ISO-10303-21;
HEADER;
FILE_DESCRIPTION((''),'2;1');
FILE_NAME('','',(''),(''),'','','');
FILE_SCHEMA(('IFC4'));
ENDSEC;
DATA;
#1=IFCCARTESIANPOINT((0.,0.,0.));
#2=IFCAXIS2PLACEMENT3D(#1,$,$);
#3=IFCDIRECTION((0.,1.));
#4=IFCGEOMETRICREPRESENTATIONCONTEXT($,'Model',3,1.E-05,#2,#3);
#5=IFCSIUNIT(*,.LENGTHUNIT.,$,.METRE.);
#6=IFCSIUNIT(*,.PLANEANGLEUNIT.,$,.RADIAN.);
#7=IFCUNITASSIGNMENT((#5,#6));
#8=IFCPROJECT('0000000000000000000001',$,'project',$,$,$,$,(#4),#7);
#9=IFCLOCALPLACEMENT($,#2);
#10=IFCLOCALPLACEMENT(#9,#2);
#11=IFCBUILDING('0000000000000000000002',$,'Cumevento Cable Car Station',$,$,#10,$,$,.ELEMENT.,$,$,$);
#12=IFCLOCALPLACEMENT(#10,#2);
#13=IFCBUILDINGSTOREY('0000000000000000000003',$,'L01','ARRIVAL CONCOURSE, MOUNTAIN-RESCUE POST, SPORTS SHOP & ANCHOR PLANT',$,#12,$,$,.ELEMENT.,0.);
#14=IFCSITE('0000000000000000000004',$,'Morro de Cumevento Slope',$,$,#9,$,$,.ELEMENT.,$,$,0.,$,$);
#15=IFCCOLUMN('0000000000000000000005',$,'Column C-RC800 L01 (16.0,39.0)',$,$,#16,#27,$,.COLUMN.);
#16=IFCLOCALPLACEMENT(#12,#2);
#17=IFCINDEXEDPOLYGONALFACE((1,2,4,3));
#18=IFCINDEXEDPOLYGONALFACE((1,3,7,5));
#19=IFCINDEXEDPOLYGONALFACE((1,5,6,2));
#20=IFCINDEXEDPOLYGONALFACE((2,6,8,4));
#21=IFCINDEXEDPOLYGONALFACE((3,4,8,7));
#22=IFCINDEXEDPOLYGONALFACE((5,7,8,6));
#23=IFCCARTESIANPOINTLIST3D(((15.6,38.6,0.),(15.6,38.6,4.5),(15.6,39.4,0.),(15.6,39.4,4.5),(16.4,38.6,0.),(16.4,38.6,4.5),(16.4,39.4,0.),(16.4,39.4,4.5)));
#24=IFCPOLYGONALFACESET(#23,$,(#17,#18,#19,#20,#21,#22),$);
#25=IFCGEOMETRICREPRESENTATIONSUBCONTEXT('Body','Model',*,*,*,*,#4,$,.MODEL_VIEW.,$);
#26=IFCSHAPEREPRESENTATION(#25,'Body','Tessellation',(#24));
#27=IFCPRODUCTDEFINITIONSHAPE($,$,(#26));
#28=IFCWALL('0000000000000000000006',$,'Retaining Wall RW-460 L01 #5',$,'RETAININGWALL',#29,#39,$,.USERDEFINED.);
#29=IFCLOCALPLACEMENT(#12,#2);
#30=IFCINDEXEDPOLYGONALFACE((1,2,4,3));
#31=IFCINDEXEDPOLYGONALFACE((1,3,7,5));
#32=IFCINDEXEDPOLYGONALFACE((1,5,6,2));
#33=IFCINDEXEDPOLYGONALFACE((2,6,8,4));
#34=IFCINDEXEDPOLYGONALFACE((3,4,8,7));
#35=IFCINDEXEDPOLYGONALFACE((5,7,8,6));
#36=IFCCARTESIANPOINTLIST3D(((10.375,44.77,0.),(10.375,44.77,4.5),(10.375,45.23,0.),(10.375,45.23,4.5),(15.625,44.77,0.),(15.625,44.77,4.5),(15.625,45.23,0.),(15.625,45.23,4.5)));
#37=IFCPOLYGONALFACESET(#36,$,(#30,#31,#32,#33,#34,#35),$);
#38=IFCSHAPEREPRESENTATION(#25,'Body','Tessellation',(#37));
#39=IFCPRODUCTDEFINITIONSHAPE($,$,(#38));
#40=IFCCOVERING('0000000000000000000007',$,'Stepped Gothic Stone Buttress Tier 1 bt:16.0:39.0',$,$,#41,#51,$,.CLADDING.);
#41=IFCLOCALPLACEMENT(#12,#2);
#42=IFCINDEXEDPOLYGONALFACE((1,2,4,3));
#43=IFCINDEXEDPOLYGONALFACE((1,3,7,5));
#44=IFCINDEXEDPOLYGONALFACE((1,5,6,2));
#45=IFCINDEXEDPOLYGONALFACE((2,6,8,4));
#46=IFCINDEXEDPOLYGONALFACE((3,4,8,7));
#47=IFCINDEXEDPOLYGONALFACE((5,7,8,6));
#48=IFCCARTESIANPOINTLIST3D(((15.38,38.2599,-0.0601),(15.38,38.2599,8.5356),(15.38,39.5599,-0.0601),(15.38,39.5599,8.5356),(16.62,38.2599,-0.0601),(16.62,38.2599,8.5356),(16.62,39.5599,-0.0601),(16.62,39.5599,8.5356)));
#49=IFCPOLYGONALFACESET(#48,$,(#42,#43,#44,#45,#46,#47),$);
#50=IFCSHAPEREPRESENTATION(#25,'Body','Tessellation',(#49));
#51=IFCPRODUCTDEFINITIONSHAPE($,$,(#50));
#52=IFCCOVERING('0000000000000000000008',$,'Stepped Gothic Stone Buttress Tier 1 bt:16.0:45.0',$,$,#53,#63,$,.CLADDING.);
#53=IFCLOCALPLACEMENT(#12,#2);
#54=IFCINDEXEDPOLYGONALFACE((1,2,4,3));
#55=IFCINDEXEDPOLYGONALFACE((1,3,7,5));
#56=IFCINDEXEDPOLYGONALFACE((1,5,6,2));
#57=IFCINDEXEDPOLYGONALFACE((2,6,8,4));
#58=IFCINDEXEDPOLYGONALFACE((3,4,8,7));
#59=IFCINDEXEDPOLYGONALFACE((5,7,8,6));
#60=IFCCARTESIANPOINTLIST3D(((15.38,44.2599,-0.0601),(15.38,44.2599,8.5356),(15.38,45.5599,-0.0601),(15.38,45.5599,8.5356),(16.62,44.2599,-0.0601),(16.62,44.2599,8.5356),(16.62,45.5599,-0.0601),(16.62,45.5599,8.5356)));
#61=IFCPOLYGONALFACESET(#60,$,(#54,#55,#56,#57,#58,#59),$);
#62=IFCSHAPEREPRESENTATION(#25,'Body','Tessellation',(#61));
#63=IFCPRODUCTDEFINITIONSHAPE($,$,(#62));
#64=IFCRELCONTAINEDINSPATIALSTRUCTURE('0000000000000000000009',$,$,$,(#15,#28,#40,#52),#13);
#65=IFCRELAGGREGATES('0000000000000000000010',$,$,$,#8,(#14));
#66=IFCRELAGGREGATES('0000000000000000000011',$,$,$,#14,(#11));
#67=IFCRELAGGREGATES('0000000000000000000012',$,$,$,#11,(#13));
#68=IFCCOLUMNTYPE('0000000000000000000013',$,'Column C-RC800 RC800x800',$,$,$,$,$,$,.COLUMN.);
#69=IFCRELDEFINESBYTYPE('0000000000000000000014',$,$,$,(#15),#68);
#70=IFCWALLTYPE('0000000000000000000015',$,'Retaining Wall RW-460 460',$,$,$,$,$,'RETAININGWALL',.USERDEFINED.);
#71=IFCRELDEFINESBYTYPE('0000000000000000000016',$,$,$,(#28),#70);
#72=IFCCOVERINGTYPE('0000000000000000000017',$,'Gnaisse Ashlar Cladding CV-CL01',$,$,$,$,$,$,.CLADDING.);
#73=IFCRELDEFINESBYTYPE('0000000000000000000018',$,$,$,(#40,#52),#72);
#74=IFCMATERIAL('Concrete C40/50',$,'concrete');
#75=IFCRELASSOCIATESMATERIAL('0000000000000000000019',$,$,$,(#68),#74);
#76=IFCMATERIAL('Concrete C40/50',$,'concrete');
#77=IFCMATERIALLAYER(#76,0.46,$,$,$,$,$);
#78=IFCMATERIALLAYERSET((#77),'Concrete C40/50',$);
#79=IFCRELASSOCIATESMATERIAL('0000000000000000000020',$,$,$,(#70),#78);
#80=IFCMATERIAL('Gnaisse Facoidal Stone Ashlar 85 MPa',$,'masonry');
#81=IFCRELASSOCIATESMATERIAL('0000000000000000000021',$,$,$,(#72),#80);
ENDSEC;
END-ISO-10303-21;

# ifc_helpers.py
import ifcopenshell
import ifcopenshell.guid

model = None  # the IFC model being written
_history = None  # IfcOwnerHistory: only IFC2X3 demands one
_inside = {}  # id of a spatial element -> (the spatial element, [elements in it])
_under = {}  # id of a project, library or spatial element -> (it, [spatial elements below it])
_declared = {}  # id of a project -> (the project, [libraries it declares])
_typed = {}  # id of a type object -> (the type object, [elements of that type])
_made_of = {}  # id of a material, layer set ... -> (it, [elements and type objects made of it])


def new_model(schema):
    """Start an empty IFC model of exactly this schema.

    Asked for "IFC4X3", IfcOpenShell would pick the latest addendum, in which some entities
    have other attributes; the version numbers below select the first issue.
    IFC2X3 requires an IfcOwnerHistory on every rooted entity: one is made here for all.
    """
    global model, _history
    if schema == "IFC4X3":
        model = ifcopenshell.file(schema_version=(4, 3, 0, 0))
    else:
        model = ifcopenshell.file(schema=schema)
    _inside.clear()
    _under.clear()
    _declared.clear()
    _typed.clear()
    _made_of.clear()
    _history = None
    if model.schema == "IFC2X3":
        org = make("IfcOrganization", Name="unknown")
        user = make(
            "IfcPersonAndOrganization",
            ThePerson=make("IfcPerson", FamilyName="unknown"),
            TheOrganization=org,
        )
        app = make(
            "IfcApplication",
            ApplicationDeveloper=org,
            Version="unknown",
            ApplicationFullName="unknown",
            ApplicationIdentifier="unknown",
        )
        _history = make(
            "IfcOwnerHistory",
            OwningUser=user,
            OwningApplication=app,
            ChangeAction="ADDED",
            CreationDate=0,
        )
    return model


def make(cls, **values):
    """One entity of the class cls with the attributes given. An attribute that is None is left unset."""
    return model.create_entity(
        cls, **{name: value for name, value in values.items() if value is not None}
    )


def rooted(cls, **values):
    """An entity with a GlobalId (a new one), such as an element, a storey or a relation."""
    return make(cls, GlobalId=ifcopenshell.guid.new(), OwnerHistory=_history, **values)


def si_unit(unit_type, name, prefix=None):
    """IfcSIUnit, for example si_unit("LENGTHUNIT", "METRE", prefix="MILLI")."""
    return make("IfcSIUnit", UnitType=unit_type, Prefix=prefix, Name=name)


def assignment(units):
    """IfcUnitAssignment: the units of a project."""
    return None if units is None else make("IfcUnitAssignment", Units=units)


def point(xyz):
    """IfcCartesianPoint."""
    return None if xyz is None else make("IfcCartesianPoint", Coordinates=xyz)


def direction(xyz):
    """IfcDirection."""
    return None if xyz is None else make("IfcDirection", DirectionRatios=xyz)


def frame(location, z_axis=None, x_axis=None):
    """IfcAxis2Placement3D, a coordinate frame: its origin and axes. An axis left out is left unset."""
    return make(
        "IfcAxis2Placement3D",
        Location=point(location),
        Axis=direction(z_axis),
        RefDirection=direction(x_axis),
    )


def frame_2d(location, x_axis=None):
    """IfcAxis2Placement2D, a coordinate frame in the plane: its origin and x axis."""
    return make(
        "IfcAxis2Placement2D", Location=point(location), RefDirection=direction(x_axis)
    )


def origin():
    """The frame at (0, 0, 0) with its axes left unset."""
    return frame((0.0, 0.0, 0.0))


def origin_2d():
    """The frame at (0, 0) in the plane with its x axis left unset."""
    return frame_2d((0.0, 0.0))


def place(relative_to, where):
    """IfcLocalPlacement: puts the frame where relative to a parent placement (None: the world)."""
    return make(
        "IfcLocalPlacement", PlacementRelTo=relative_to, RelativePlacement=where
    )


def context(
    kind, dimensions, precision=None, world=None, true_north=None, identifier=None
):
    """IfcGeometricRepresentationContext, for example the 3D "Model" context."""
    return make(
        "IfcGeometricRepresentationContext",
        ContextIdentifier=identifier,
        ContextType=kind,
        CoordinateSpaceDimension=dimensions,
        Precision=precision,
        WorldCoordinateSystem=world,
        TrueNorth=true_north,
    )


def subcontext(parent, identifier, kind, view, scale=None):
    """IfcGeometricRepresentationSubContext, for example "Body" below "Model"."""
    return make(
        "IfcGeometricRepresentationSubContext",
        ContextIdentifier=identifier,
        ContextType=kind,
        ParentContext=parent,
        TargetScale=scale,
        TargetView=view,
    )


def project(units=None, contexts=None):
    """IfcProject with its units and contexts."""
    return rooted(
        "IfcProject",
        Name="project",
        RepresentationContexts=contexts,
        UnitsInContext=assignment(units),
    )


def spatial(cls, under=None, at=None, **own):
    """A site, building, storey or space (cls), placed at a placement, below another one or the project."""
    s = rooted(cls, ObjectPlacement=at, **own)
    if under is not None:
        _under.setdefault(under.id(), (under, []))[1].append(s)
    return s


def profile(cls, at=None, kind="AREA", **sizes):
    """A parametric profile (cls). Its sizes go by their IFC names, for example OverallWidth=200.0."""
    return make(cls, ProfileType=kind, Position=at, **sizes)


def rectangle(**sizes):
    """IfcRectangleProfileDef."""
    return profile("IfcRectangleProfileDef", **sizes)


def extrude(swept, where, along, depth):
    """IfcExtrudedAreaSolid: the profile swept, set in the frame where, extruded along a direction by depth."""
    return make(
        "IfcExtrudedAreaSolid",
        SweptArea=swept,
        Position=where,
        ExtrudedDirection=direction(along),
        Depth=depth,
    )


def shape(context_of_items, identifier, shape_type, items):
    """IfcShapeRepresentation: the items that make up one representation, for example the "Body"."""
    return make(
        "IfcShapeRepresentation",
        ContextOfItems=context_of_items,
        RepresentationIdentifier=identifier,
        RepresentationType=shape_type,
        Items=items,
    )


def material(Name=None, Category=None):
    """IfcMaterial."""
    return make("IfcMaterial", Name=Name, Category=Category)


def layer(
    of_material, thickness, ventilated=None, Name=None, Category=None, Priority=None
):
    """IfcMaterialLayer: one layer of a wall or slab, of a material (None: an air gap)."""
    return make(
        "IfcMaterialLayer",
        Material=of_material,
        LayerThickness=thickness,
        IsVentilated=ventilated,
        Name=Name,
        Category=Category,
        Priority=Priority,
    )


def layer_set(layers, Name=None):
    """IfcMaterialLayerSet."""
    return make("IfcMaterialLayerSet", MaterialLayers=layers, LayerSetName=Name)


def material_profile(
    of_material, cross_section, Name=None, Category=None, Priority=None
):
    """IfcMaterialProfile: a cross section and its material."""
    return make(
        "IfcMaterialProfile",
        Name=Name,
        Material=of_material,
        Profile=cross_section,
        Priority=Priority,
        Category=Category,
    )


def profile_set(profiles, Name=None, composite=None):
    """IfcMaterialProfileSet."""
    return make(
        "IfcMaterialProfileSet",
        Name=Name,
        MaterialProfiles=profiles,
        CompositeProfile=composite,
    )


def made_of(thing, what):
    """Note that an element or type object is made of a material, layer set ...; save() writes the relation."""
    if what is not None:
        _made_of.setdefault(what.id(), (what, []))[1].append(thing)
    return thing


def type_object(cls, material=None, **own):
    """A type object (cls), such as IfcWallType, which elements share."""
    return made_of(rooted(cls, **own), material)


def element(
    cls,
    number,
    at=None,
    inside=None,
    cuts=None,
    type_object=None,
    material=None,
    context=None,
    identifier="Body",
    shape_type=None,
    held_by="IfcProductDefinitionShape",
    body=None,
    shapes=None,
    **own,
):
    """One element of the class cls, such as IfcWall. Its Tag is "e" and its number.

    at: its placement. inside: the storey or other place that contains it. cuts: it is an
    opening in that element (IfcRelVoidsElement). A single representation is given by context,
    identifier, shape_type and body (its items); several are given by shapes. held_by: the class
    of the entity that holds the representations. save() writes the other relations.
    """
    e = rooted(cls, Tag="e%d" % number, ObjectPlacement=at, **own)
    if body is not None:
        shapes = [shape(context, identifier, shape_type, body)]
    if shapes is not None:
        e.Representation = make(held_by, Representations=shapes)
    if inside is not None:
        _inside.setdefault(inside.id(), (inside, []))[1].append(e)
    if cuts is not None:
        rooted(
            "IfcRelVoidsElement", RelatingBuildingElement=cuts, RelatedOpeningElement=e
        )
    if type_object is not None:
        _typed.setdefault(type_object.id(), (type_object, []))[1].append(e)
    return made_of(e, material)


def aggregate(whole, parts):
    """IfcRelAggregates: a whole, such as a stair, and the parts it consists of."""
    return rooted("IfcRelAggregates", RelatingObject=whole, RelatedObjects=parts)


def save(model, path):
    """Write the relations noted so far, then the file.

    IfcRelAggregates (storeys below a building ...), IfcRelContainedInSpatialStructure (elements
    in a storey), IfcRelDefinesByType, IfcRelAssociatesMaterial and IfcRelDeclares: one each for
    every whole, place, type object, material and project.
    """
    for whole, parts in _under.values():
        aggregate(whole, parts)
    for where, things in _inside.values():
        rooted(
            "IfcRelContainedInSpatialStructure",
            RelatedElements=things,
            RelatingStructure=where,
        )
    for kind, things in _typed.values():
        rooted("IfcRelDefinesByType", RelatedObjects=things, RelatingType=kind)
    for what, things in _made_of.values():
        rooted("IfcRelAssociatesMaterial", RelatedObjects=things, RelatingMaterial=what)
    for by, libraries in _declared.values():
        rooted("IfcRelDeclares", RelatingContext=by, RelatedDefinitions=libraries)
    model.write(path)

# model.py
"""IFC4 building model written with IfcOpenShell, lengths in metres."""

from ifc_helpers import new_model, si_unit, direction, frame, frame_2d, origin, origin_2d, place, context, subcontext, project, spatial, rectangle, extrude, material, layer, layer_set, material_profile, profile_set, type_object, element, save


model = new_model("IFC4")

# Units and contexts
model_context = context("Model", 3, precision=1e-05, world=origin(), true_north=direction((0.0, 1.0)))
body_context = subcontext(model_context, "Body", "Model", "MODEL_VIEW")
ifc_project = project(units=[si_unit("LENGTHUNIT", "METRE"), si_unit("PLANEANGLEUNIT", "RADIAN")], contexts=[model_context])

# Site, building, storey
site_placement = place(None, origin())
site = spatial("IfcSite", under=ifc_project, at=site_placement, Name="Morro de Cumevento Slope", CompositionType="ELEMENT", RefElevation=0.0)
building_placement = place(site_placement, origin())
building = spatial("IfcBuilding", under=site, at=building_placement, Name="Cumevento Cable Car Station", CompositionType="ELEMENT")
storey_placement = place(building_placement, origin())
storey = spatial("IfcBuildingStorey", under=building, at=storey_placement, Name="L01", Description="ARRIVAL CONCOURSE, MOUNTAIN-RESCUE POST, SPORTS SHOP & ANCHOR PLANT", CompositionType="ELEMENT", Elevation=0.0)

# Column
ifc_material_1 = material(Name="Concrete C40/50", Category="concrete")
ifc_material_profile_1 = material_profile(ifc_material_1, rectangle(XDim=0.8, YDim=0.8, at=origin_2d()), Name="RC800x800")
ifc_profile_set_1 = profile_set([ifc_material_profile_1], Name="Concrete C40/50")
column_type = type_object("IfcColumnType", Name="Column C-RC800 RC800x800", PredefinedType="COLUMN", material=ifc_profile_set_1)
column_placement = place(storey_placement, frame((16.0, 39.0, 0.0), z_axis=(0.0, 0.0, 1.0), x_axis=(1.0, 0.0, 0.0)))
element("IfcColumn", 1, at=column_placement, inside=storey, type_object=column_type, Name="Column C-RC800 L01 (16.0,39.0)", PredefinedType="COLUMN", context=body_context, shape_type="SweptSolid", body=[
    extrude(rectangle(XDim=0.8, YDim=0.8, at=origin_2d()), origin(), (0.0, 0.0, 1.0), 4.5),
])

# Wall
ifc_material_2 = material(Name="Concrete C40/50", Category="concrete")
ifc_layer = layer(ifc_material_2, 0.46)
ifc_layer_set = layer_set([ifc_layer], Name="Concrete C40/50")
wall_type = type_object("IfcWallType", Name="Retaining Wall RW-460 460", ElementType="RETAININGWALL", PredefinedType="USERDEFINED", material=ifc_layer_set)
wall_placement = place(storey_placement, frame((10.375, 45.0, 0.0), z_axis=(0.0, 0.0, 1.0), x_axis=(1.0, 0.0, 0.0)))
element("IfcWall", 2, at=wall_placement, inside=storey, type_object=wall_type, Name="Retaining Wall RW-460 L01 #5", ObjectType="RETAININGWALL", PredefinedType="USERDEFINED", context=body_context, shape_type="SweptSolid", body=[
    extrude(rectangle(XDim=5.25, YDim=0.46, at=frame_2d((2.625, 0.0))), origin(), (0.0, 0.0, 1.0), 4.5),
])

# Coverings
ifc_material_3 = material(Name="Gnaisse Facoidal Stone Ashlar 85 MPa", Category="masonry")
covering_type = type_object("IfcCoveringType", Name="Gnaisse Ashlar Cladding CV-CL01", PredefinedType="CLADDING", material=ifc_material_3)
for number, where, z_axis, x_axis, name in (
    (3, (16.0, 38.9099, -0.0601), (0.0, 0.0, 1.0), (1.0, 0.0, 0.0), "Stepped Gothic Stone Buttress Tier 1 bt:16.0:39.0"),
    (4, (16.0, 44.9099, -0.0601), (0.0, 0.0, 1.0), (1.0, 0.0, 0.0), "Stepped Gothic Stone Buttress Tier 1 bt:16.0:45.0"),
):
    element("IfcCovering", number, at=place(storey_placement, frame(where, z_axis=z_axis, x_axis=x_axis)), inside=storey, type_object=covering_type, Name=name, PredefinedType="CLADDING", context=body_context, shape_type="SweptSolid", body=[
        extrude(rectangle(XDim=1.24, YDim=1.3, at=origin_2d()), origin(), (0.0, 0.0, 1.0), 8.5957),
    ])

save(model, "model.ifc")
